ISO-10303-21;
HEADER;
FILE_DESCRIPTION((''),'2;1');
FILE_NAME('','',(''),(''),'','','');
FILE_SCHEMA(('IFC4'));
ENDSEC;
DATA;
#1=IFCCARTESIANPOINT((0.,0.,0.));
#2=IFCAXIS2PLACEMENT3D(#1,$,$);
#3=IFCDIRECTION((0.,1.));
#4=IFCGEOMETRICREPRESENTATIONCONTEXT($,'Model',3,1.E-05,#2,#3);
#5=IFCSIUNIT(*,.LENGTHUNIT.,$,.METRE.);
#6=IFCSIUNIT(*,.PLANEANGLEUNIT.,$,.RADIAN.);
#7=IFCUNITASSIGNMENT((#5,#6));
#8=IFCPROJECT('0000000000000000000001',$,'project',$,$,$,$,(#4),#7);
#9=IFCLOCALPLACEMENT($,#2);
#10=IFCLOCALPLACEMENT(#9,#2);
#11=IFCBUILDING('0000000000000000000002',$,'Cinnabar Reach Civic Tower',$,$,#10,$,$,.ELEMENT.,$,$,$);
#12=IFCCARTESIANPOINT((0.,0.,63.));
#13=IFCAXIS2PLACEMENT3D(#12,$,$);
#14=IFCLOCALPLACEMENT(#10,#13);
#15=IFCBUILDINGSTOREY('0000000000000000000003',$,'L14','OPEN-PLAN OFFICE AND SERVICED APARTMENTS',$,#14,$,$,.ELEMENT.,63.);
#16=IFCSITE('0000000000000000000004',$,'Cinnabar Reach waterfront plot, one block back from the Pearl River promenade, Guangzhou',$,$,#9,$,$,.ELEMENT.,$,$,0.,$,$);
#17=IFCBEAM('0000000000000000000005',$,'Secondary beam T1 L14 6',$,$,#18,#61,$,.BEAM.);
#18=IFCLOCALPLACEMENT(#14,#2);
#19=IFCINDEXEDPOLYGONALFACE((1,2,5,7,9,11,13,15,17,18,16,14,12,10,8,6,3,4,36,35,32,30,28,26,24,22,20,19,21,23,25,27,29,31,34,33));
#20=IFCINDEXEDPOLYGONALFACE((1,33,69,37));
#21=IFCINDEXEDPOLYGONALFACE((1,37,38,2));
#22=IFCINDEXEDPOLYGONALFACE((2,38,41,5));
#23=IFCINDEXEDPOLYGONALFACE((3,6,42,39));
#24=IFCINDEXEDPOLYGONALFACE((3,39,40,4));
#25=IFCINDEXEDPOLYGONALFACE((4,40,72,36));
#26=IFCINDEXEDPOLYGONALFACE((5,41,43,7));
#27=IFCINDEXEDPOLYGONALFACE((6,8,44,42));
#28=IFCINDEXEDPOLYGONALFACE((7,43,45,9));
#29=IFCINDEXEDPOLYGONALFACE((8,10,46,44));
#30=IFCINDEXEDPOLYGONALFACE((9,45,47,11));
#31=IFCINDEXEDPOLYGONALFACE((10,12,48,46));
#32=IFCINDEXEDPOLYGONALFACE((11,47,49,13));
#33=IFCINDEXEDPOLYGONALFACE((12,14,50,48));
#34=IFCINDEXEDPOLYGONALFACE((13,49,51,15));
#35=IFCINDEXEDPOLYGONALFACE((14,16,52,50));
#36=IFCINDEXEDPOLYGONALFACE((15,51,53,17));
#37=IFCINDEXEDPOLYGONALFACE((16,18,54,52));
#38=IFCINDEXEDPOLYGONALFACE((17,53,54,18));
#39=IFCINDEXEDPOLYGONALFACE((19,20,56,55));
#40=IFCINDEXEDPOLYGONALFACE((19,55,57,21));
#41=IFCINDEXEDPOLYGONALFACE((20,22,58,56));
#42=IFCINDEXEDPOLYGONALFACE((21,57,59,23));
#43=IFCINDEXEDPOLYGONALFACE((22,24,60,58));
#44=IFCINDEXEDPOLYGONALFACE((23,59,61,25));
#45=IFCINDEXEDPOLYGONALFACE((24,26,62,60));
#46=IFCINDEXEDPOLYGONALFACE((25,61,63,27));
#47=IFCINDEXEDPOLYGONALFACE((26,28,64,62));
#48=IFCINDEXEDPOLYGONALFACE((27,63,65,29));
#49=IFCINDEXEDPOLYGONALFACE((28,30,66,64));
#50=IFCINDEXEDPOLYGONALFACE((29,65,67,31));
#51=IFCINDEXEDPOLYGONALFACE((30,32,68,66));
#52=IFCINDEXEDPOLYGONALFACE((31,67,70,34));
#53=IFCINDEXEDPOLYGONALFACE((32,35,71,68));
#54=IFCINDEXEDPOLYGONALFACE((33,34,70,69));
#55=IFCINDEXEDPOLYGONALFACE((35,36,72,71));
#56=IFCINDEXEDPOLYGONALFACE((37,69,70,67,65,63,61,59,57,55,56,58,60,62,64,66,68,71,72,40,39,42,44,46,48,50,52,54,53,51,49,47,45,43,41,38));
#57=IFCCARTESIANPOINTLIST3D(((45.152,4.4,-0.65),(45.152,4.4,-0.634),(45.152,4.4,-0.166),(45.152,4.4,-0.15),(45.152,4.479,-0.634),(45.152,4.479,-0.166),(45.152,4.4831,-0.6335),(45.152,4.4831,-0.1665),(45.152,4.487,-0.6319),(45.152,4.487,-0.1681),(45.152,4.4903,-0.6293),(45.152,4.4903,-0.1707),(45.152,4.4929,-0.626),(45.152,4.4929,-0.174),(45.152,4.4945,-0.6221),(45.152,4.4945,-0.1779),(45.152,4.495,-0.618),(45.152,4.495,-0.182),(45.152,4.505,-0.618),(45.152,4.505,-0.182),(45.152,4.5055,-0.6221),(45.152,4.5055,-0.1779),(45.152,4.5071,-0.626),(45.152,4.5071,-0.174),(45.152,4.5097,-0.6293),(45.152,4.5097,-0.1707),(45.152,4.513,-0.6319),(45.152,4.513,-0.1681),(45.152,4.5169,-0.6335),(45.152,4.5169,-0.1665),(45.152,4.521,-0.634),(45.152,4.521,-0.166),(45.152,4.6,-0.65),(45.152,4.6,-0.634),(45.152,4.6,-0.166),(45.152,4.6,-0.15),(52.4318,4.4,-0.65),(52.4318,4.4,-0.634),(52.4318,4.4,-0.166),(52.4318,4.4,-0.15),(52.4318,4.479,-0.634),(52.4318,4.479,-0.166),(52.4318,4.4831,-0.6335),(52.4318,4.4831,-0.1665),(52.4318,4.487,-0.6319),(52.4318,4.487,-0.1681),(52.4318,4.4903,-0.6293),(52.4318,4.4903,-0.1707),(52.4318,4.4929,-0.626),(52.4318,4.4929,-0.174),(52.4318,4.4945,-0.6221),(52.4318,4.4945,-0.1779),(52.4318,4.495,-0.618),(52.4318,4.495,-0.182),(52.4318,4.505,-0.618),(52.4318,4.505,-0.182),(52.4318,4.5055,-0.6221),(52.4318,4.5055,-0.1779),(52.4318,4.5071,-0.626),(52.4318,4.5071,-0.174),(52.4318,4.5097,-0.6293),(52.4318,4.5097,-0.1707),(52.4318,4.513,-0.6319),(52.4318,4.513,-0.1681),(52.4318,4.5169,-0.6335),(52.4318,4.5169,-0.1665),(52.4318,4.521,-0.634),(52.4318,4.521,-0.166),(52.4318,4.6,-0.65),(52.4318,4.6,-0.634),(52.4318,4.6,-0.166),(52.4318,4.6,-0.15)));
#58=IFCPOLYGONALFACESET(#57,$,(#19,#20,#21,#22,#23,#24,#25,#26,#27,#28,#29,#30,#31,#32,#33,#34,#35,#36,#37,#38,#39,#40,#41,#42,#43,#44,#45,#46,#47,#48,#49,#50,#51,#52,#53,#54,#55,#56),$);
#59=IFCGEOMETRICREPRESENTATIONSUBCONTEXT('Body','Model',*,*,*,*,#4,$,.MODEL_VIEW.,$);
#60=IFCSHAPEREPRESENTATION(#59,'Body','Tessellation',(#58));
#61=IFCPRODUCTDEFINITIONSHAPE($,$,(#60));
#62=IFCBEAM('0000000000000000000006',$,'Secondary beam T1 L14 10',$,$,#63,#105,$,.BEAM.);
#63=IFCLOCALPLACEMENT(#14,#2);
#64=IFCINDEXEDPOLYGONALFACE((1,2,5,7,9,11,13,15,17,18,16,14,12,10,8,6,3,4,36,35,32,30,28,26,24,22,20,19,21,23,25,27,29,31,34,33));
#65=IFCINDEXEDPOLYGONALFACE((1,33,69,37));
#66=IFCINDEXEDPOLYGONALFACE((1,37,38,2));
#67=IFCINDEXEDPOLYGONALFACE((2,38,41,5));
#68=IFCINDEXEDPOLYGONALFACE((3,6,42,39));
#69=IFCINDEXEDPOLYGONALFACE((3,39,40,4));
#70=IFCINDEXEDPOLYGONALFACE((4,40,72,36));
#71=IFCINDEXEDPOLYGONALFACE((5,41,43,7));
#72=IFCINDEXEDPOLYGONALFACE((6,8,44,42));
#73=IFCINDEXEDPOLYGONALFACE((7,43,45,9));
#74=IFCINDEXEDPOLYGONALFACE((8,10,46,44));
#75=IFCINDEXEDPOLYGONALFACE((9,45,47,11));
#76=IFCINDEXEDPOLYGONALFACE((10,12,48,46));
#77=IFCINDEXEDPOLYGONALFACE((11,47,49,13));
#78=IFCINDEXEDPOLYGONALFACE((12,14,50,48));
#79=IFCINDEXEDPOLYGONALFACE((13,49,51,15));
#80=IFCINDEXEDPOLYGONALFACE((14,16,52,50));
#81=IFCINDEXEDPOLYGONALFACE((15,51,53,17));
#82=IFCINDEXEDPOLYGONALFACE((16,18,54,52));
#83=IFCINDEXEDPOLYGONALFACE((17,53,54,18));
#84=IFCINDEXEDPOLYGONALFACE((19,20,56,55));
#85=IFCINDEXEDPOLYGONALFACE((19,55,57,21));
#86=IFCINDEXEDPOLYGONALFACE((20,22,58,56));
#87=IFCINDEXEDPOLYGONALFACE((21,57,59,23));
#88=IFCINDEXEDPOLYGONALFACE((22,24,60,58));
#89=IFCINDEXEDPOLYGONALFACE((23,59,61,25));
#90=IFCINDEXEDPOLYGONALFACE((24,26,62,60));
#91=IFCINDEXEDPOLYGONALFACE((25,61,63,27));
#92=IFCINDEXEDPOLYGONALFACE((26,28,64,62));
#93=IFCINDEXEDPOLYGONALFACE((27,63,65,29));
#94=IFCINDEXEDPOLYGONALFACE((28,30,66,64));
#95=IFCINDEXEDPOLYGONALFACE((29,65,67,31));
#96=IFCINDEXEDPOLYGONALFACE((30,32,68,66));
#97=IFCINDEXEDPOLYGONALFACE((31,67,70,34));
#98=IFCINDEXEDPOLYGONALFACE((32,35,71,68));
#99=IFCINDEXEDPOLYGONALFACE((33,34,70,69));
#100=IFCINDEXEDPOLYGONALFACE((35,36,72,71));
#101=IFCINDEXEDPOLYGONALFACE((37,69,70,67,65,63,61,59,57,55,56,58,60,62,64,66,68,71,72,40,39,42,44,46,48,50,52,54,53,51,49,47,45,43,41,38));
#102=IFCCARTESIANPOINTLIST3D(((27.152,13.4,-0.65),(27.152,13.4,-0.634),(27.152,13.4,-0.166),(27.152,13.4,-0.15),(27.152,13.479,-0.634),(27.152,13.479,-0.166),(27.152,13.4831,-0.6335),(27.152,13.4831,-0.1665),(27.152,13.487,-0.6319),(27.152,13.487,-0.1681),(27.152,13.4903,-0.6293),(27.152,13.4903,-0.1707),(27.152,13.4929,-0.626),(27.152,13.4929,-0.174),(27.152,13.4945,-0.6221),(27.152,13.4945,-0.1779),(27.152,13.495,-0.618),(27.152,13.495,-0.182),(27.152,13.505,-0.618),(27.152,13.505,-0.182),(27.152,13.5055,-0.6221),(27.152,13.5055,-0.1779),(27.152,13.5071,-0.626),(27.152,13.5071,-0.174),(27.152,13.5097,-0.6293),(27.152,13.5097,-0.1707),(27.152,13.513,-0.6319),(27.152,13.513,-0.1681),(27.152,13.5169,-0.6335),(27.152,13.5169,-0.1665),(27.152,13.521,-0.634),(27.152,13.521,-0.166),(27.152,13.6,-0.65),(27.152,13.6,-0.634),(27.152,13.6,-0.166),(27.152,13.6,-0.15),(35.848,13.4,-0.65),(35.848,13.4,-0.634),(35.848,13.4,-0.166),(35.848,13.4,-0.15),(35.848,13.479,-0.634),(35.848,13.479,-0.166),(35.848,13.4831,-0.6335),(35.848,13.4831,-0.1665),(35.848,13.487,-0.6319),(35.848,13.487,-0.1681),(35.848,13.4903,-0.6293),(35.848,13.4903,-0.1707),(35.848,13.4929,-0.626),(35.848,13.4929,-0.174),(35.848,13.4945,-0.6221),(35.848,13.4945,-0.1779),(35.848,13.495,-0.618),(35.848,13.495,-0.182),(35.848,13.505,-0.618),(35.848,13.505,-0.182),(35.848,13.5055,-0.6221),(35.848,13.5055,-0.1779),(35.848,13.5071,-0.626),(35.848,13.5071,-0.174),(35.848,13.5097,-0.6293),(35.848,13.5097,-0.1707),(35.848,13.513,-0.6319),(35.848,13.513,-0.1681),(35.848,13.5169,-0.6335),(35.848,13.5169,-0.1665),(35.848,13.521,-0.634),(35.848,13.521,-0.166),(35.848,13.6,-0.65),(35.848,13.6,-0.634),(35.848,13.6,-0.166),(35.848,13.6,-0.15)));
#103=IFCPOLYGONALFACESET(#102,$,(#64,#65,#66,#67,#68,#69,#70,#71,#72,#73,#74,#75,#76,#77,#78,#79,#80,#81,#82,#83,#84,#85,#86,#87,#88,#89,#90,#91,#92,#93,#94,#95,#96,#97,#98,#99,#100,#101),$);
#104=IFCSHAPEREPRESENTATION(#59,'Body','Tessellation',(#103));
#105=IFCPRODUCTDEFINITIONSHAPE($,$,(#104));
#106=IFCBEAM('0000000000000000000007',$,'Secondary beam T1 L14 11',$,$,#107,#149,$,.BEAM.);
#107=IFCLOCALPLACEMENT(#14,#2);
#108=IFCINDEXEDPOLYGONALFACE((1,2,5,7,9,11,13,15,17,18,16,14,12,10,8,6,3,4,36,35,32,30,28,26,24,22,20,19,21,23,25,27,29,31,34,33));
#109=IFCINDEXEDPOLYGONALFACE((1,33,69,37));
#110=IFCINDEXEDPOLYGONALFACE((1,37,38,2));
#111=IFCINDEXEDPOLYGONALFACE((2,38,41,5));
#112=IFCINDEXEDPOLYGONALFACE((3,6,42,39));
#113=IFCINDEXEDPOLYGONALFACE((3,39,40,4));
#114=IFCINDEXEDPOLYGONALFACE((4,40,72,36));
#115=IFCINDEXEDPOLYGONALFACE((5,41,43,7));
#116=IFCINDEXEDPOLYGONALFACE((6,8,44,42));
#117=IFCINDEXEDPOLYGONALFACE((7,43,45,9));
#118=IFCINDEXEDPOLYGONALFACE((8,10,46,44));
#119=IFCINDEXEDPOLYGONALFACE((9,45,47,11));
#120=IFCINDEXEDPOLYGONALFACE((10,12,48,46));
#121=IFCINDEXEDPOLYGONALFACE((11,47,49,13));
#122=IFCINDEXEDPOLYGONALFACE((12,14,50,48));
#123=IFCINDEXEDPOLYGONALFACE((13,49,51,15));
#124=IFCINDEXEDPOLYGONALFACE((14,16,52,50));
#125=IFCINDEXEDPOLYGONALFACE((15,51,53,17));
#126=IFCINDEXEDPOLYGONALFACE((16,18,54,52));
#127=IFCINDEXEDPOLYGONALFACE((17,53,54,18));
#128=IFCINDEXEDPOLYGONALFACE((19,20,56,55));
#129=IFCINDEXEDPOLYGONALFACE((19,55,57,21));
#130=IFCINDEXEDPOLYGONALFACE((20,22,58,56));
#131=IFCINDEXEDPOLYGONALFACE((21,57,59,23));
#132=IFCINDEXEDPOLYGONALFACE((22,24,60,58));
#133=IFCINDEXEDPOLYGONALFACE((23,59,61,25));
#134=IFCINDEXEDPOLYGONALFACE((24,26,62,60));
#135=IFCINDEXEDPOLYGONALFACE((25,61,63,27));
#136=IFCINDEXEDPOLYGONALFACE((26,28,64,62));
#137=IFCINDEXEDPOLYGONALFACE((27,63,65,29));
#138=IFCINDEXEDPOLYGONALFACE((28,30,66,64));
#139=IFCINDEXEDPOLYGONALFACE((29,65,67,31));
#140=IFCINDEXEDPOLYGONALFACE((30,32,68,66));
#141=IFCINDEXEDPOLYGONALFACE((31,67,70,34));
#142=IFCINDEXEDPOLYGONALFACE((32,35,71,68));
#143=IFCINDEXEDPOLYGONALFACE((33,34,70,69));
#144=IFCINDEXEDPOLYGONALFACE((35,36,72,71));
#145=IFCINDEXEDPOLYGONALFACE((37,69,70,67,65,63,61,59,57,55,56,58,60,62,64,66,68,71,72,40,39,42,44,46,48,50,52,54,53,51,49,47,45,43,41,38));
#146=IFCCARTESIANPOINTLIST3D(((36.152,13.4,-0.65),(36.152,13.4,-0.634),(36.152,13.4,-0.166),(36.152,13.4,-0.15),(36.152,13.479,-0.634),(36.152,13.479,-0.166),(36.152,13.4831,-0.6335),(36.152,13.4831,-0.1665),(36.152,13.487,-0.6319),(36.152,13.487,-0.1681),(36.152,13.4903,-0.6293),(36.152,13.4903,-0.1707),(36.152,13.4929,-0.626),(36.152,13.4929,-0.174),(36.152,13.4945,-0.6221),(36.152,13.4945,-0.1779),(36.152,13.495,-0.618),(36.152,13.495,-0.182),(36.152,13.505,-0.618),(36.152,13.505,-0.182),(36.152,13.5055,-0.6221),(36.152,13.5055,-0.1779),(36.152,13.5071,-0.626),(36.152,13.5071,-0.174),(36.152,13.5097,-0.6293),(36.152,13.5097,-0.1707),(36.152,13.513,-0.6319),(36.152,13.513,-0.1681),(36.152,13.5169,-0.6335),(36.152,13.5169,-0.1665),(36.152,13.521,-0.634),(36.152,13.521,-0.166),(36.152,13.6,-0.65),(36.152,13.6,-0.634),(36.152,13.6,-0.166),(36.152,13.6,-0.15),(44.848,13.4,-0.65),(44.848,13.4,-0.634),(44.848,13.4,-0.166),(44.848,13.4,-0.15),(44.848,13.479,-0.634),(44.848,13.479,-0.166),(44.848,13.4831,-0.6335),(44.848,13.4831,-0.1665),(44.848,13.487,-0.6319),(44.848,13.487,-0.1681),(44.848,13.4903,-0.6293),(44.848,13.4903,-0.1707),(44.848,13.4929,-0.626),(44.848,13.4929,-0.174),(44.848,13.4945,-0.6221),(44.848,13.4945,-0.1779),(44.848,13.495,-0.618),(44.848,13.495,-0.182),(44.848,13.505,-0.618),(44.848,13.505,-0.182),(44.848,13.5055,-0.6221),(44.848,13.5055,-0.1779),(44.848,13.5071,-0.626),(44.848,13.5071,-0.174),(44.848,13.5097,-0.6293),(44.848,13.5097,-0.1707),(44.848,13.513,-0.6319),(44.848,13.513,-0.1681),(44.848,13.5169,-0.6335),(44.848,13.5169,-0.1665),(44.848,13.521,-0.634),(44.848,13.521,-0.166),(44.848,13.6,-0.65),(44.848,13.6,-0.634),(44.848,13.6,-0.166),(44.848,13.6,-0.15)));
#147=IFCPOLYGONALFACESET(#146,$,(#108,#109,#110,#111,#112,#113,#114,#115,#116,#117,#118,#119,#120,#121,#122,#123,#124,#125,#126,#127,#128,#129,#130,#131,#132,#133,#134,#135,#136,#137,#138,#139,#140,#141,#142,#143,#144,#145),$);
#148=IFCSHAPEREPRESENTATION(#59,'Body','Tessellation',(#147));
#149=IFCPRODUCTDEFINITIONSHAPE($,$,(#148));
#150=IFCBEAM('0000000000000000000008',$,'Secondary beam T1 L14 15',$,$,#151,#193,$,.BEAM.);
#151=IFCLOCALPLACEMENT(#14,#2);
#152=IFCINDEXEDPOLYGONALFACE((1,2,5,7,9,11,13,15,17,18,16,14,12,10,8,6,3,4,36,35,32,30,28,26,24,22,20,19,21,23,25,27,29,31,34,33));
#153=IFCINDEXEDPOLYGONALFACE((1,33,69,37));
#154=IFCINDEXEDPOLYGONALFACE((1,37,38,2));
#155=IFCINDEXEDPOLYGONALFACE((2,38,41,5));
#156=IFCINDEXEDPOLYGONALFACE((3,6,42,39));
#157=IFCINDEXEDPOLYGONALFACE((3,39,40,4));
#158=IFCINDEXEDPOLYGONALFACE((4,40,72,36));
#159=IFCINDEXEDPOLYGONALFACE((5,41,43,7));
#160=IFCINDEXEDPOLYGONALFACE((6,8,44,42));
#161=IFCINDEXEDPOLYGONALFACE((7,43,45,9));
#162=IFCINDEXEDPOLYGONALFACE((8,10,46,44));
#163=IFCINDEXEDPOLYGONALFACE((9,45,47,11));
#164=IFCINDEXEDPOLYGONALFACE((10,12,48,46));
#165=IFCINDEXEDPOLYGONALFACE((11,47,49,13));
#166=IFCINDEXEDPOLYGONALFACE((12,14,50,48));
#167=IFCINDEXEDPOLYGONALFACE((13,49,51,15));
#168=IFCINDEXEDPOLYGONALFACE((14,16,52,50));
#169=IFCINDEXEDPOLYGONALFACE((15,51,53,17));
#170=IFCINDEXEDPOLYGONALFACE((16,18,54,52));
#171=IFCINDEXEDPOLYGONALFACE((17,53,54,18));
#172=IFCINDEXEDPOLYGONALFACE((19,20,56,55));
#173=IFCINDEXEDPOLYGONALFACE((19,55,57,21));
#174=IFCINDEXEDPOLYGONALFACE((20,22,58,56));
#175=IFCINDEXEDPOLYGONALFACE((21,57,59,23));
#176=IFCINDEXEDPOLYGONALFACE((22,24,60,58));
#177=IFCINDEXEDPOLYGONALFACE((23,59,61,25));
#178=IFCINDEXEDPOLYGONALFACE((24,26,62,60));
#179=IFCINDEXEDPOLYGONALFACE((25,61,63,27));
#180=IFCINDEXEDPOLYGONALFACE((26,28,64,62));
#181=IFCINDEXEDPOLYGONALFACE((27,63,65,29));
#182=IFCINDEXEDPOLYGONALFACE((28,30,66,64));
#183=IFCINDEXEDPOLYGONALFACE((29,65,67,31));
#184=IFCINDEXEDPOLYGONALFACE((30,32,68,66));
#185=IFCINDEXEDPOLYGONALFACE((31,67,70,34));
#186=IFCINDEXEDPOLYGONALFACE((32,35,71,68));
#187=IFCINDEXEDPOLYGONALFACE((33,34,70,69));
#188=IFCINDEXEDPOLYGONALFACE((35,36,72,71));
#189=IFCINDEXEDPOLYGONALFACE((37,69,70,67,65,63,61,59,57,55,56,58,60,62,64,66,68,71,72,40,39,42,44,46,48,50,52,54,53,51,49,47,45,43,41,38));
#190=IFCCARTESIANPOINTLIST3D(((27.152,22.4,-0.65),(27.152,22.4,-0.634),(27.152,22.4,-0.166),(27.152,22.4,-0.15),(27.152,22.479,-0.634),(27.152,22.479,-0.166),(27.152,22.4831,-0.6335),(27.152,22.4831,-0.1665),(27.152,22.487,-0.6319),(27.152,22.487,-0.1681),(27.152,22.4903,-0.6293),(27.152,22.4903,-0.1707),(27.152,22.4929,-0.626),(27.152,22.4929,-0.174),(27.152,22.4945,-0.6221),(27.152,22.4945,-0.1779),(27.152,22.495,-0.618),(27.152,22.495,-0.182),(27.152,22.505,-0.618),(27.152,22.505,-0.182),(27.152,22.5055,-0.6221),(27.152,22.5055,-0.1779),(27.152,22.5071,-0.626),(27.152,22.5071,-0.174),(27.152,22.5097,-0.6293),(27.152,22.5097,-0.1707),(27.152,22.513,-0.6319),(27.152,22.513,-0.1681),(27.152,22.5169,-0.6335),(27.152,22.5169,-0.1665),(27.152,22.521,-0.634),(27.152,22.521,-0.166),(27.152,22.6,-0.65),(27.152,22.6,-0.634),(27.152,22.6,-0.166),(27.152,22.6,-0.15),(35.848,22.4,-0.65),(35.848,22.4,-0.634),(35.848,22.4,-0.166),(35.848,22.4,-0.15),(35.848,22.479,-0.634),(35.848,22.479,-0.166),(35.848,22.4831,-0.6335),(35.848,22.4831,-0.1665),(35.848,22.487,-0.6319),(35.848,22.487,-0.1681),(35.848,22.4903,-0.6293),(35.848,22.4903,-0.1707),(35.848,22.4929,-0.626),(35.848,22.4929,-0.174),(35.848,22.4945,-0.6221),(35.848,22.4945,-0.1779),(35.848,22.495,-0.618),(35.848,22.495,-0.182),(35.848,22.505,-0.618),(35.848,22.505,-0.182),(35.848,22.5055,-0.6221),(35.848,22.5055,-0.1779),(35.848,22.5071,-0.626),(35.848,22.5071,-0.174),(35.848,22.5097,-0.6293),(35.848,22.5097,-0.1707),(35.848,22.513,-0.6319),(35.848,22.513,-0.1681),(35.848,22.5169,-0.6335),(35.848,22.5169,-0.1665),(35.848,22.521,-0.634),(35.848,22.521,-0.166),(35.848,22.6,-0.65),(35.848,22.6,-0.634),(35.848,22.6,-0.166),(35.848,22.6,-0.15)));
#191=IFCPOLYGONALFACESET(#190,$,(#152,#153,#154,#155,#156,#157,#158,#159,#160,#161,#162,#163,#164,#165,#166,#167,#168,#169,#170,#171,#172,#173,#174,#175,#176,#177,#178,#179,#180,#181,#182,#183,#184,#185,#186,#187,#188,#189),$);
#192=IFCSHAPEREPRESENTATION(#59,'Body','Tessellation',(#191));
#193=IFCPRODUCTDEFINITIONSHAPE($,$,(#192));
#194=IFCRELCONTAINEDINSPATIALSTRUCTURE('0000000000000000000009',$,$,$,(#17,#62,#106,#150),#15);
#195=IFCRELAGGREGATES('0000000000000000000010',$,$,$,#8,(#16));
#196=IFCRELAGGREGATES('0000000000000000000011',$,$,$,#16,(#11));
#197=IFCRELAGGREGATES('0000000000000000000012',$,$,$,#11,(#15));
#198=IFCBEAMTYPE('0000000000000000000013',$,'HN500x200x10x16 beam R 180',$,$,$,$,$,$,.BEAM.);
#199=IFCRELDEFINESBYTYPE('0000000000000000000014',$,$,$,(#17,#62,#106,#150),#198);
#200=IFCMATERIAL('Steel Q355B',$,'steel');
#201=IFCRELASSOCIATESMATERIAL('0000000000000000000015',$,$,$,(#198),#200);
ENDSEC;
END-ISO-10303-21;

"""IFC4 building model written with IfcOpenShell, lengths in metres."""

from ifc_helpers import new_model, si_unit, direction, frame, origin, origin_2d, place, context, subcontext, project, spatial, i_section, extrude, material, material_profile, profile_set, type_object, element, save


model = new_model("IFC4")

# Units and contexts
model_context = context("Model", 3, precision=1e-05, world=origin(), true_north=direction((0.0, 1.0)))
body_context = subcontext(model_context, "Body", "Model", "MODEL_VIEW")
ifc_project = project(units=[si_unit("LENGTHUNIT", "METRE"), si_unit("PLANEANGLEUNIT", "RADIAN")], contexts=[model_context])

# Site, building, storey
site_placement = place(None, origin())
site = spatial("IfcSite", under=ifc_project, at=site_placement, Name="Cinnabar Reach waterfront plot, one block back from the Pearl River promenade, Guangzhou", CompositionType="ELEMENT", RefElevation=0.0)
building_placement = place(site_placement, origin())
building = spatial("IfcBuilding", under=site, at=building_placement, Name="Cinnabar Reach Civic Tower", CompositionType="ELEMENT")
storey_placement = place(building_placement, frame((0.0, 0.0, 63.0)))
storey = spatial("IfcBuildingStorey", under=building, at=storey_placement, Name="L14", Description="OPEN-PLAN OFFICE AND SERVICED APARTMENTS", CompositionType="ELEMENT", Elevation=63.0)

# Beams
ifc_material_1 = material(Name="Steel Q355B", Category="steel")
ifc_material_profile_1 = material_profile(ifc_material_1, i_section(OverallWidth=0.2, OverallDepth=0.5, WebThickness=0.01, FlangeThickness=0.016, FilletRadius=0.016, at=origin_2d()), Name="HN500x200x10x16")
ifc_profile_set_1 = profile_set([ifc_material_profile_1], Name="Steel Q355B")
beam_type_1 = type_object("IfcBeamType", Name="HN500x200x10x16 beam R 180", PredefinedType="BEAM", material=ifc_profile_set_1)
beam_1_placement = place(storey_placement, frame((45.152, 4.5, -0.4), z_axis=(1.0, 0.0, 0.0), x_axis=(0.0, 1.0, 0.0)))
element("IfcBeam", 1, at=beam_1_placement, inside=storey, type_object=beam_type_1, Name="Secondary beam T1 L14 6", PredefinedType="BEAM", context=body_context, shape_type="SweptSolid", body=[
    extrude(i_section(OverallWidth=0.2, OverallDepth=0.5, WebThickness=0.01, FlangeThickness=0.016, FilletRadius=0.016, at=origin_2d()), origin(), (0.0, 0.0, 1.0), 7.2798),
])
for number, where, z_axis, x_axis, name in (
    (2, (27.152, 13.5, -0.4), (1.0, 0.0, 0.0), (0.0, 1.0, 0.0), "Secondary beam T1 L14 10"),
    (3, (36.152, 13.5, -0.4), (1.0, 0.0, 0.0), (0.0, 1.0, 0.0), "Secondary beam T1 L14 11"),
    (4, (27.152, 22.5, -0.4), (1.0, 0.0, 0.0), (0.0, 1.0, 0.0), "Secondary beam T1 L14 15"),
):
    element("IfcBeam", number, at=place(storey_placement, frame(where, z_axis=z_axis, x_axis=x_axis)), inside=storey, type_object=beam_type_1, Name=name, PredefinedType="BEAM", context=body_context, shape_type="SweptSolid", body=[
        extrude(i_section(OverallWidth=0.2, OverallDepth=0.5, WebThickness=0.01, FlangeThickness=0.016, FilletRadius=0.016, at=origin_2d()), origin(), (0.0, 0.0, 1.0), 8.696),
    ])

save(model, "model.ifc")
